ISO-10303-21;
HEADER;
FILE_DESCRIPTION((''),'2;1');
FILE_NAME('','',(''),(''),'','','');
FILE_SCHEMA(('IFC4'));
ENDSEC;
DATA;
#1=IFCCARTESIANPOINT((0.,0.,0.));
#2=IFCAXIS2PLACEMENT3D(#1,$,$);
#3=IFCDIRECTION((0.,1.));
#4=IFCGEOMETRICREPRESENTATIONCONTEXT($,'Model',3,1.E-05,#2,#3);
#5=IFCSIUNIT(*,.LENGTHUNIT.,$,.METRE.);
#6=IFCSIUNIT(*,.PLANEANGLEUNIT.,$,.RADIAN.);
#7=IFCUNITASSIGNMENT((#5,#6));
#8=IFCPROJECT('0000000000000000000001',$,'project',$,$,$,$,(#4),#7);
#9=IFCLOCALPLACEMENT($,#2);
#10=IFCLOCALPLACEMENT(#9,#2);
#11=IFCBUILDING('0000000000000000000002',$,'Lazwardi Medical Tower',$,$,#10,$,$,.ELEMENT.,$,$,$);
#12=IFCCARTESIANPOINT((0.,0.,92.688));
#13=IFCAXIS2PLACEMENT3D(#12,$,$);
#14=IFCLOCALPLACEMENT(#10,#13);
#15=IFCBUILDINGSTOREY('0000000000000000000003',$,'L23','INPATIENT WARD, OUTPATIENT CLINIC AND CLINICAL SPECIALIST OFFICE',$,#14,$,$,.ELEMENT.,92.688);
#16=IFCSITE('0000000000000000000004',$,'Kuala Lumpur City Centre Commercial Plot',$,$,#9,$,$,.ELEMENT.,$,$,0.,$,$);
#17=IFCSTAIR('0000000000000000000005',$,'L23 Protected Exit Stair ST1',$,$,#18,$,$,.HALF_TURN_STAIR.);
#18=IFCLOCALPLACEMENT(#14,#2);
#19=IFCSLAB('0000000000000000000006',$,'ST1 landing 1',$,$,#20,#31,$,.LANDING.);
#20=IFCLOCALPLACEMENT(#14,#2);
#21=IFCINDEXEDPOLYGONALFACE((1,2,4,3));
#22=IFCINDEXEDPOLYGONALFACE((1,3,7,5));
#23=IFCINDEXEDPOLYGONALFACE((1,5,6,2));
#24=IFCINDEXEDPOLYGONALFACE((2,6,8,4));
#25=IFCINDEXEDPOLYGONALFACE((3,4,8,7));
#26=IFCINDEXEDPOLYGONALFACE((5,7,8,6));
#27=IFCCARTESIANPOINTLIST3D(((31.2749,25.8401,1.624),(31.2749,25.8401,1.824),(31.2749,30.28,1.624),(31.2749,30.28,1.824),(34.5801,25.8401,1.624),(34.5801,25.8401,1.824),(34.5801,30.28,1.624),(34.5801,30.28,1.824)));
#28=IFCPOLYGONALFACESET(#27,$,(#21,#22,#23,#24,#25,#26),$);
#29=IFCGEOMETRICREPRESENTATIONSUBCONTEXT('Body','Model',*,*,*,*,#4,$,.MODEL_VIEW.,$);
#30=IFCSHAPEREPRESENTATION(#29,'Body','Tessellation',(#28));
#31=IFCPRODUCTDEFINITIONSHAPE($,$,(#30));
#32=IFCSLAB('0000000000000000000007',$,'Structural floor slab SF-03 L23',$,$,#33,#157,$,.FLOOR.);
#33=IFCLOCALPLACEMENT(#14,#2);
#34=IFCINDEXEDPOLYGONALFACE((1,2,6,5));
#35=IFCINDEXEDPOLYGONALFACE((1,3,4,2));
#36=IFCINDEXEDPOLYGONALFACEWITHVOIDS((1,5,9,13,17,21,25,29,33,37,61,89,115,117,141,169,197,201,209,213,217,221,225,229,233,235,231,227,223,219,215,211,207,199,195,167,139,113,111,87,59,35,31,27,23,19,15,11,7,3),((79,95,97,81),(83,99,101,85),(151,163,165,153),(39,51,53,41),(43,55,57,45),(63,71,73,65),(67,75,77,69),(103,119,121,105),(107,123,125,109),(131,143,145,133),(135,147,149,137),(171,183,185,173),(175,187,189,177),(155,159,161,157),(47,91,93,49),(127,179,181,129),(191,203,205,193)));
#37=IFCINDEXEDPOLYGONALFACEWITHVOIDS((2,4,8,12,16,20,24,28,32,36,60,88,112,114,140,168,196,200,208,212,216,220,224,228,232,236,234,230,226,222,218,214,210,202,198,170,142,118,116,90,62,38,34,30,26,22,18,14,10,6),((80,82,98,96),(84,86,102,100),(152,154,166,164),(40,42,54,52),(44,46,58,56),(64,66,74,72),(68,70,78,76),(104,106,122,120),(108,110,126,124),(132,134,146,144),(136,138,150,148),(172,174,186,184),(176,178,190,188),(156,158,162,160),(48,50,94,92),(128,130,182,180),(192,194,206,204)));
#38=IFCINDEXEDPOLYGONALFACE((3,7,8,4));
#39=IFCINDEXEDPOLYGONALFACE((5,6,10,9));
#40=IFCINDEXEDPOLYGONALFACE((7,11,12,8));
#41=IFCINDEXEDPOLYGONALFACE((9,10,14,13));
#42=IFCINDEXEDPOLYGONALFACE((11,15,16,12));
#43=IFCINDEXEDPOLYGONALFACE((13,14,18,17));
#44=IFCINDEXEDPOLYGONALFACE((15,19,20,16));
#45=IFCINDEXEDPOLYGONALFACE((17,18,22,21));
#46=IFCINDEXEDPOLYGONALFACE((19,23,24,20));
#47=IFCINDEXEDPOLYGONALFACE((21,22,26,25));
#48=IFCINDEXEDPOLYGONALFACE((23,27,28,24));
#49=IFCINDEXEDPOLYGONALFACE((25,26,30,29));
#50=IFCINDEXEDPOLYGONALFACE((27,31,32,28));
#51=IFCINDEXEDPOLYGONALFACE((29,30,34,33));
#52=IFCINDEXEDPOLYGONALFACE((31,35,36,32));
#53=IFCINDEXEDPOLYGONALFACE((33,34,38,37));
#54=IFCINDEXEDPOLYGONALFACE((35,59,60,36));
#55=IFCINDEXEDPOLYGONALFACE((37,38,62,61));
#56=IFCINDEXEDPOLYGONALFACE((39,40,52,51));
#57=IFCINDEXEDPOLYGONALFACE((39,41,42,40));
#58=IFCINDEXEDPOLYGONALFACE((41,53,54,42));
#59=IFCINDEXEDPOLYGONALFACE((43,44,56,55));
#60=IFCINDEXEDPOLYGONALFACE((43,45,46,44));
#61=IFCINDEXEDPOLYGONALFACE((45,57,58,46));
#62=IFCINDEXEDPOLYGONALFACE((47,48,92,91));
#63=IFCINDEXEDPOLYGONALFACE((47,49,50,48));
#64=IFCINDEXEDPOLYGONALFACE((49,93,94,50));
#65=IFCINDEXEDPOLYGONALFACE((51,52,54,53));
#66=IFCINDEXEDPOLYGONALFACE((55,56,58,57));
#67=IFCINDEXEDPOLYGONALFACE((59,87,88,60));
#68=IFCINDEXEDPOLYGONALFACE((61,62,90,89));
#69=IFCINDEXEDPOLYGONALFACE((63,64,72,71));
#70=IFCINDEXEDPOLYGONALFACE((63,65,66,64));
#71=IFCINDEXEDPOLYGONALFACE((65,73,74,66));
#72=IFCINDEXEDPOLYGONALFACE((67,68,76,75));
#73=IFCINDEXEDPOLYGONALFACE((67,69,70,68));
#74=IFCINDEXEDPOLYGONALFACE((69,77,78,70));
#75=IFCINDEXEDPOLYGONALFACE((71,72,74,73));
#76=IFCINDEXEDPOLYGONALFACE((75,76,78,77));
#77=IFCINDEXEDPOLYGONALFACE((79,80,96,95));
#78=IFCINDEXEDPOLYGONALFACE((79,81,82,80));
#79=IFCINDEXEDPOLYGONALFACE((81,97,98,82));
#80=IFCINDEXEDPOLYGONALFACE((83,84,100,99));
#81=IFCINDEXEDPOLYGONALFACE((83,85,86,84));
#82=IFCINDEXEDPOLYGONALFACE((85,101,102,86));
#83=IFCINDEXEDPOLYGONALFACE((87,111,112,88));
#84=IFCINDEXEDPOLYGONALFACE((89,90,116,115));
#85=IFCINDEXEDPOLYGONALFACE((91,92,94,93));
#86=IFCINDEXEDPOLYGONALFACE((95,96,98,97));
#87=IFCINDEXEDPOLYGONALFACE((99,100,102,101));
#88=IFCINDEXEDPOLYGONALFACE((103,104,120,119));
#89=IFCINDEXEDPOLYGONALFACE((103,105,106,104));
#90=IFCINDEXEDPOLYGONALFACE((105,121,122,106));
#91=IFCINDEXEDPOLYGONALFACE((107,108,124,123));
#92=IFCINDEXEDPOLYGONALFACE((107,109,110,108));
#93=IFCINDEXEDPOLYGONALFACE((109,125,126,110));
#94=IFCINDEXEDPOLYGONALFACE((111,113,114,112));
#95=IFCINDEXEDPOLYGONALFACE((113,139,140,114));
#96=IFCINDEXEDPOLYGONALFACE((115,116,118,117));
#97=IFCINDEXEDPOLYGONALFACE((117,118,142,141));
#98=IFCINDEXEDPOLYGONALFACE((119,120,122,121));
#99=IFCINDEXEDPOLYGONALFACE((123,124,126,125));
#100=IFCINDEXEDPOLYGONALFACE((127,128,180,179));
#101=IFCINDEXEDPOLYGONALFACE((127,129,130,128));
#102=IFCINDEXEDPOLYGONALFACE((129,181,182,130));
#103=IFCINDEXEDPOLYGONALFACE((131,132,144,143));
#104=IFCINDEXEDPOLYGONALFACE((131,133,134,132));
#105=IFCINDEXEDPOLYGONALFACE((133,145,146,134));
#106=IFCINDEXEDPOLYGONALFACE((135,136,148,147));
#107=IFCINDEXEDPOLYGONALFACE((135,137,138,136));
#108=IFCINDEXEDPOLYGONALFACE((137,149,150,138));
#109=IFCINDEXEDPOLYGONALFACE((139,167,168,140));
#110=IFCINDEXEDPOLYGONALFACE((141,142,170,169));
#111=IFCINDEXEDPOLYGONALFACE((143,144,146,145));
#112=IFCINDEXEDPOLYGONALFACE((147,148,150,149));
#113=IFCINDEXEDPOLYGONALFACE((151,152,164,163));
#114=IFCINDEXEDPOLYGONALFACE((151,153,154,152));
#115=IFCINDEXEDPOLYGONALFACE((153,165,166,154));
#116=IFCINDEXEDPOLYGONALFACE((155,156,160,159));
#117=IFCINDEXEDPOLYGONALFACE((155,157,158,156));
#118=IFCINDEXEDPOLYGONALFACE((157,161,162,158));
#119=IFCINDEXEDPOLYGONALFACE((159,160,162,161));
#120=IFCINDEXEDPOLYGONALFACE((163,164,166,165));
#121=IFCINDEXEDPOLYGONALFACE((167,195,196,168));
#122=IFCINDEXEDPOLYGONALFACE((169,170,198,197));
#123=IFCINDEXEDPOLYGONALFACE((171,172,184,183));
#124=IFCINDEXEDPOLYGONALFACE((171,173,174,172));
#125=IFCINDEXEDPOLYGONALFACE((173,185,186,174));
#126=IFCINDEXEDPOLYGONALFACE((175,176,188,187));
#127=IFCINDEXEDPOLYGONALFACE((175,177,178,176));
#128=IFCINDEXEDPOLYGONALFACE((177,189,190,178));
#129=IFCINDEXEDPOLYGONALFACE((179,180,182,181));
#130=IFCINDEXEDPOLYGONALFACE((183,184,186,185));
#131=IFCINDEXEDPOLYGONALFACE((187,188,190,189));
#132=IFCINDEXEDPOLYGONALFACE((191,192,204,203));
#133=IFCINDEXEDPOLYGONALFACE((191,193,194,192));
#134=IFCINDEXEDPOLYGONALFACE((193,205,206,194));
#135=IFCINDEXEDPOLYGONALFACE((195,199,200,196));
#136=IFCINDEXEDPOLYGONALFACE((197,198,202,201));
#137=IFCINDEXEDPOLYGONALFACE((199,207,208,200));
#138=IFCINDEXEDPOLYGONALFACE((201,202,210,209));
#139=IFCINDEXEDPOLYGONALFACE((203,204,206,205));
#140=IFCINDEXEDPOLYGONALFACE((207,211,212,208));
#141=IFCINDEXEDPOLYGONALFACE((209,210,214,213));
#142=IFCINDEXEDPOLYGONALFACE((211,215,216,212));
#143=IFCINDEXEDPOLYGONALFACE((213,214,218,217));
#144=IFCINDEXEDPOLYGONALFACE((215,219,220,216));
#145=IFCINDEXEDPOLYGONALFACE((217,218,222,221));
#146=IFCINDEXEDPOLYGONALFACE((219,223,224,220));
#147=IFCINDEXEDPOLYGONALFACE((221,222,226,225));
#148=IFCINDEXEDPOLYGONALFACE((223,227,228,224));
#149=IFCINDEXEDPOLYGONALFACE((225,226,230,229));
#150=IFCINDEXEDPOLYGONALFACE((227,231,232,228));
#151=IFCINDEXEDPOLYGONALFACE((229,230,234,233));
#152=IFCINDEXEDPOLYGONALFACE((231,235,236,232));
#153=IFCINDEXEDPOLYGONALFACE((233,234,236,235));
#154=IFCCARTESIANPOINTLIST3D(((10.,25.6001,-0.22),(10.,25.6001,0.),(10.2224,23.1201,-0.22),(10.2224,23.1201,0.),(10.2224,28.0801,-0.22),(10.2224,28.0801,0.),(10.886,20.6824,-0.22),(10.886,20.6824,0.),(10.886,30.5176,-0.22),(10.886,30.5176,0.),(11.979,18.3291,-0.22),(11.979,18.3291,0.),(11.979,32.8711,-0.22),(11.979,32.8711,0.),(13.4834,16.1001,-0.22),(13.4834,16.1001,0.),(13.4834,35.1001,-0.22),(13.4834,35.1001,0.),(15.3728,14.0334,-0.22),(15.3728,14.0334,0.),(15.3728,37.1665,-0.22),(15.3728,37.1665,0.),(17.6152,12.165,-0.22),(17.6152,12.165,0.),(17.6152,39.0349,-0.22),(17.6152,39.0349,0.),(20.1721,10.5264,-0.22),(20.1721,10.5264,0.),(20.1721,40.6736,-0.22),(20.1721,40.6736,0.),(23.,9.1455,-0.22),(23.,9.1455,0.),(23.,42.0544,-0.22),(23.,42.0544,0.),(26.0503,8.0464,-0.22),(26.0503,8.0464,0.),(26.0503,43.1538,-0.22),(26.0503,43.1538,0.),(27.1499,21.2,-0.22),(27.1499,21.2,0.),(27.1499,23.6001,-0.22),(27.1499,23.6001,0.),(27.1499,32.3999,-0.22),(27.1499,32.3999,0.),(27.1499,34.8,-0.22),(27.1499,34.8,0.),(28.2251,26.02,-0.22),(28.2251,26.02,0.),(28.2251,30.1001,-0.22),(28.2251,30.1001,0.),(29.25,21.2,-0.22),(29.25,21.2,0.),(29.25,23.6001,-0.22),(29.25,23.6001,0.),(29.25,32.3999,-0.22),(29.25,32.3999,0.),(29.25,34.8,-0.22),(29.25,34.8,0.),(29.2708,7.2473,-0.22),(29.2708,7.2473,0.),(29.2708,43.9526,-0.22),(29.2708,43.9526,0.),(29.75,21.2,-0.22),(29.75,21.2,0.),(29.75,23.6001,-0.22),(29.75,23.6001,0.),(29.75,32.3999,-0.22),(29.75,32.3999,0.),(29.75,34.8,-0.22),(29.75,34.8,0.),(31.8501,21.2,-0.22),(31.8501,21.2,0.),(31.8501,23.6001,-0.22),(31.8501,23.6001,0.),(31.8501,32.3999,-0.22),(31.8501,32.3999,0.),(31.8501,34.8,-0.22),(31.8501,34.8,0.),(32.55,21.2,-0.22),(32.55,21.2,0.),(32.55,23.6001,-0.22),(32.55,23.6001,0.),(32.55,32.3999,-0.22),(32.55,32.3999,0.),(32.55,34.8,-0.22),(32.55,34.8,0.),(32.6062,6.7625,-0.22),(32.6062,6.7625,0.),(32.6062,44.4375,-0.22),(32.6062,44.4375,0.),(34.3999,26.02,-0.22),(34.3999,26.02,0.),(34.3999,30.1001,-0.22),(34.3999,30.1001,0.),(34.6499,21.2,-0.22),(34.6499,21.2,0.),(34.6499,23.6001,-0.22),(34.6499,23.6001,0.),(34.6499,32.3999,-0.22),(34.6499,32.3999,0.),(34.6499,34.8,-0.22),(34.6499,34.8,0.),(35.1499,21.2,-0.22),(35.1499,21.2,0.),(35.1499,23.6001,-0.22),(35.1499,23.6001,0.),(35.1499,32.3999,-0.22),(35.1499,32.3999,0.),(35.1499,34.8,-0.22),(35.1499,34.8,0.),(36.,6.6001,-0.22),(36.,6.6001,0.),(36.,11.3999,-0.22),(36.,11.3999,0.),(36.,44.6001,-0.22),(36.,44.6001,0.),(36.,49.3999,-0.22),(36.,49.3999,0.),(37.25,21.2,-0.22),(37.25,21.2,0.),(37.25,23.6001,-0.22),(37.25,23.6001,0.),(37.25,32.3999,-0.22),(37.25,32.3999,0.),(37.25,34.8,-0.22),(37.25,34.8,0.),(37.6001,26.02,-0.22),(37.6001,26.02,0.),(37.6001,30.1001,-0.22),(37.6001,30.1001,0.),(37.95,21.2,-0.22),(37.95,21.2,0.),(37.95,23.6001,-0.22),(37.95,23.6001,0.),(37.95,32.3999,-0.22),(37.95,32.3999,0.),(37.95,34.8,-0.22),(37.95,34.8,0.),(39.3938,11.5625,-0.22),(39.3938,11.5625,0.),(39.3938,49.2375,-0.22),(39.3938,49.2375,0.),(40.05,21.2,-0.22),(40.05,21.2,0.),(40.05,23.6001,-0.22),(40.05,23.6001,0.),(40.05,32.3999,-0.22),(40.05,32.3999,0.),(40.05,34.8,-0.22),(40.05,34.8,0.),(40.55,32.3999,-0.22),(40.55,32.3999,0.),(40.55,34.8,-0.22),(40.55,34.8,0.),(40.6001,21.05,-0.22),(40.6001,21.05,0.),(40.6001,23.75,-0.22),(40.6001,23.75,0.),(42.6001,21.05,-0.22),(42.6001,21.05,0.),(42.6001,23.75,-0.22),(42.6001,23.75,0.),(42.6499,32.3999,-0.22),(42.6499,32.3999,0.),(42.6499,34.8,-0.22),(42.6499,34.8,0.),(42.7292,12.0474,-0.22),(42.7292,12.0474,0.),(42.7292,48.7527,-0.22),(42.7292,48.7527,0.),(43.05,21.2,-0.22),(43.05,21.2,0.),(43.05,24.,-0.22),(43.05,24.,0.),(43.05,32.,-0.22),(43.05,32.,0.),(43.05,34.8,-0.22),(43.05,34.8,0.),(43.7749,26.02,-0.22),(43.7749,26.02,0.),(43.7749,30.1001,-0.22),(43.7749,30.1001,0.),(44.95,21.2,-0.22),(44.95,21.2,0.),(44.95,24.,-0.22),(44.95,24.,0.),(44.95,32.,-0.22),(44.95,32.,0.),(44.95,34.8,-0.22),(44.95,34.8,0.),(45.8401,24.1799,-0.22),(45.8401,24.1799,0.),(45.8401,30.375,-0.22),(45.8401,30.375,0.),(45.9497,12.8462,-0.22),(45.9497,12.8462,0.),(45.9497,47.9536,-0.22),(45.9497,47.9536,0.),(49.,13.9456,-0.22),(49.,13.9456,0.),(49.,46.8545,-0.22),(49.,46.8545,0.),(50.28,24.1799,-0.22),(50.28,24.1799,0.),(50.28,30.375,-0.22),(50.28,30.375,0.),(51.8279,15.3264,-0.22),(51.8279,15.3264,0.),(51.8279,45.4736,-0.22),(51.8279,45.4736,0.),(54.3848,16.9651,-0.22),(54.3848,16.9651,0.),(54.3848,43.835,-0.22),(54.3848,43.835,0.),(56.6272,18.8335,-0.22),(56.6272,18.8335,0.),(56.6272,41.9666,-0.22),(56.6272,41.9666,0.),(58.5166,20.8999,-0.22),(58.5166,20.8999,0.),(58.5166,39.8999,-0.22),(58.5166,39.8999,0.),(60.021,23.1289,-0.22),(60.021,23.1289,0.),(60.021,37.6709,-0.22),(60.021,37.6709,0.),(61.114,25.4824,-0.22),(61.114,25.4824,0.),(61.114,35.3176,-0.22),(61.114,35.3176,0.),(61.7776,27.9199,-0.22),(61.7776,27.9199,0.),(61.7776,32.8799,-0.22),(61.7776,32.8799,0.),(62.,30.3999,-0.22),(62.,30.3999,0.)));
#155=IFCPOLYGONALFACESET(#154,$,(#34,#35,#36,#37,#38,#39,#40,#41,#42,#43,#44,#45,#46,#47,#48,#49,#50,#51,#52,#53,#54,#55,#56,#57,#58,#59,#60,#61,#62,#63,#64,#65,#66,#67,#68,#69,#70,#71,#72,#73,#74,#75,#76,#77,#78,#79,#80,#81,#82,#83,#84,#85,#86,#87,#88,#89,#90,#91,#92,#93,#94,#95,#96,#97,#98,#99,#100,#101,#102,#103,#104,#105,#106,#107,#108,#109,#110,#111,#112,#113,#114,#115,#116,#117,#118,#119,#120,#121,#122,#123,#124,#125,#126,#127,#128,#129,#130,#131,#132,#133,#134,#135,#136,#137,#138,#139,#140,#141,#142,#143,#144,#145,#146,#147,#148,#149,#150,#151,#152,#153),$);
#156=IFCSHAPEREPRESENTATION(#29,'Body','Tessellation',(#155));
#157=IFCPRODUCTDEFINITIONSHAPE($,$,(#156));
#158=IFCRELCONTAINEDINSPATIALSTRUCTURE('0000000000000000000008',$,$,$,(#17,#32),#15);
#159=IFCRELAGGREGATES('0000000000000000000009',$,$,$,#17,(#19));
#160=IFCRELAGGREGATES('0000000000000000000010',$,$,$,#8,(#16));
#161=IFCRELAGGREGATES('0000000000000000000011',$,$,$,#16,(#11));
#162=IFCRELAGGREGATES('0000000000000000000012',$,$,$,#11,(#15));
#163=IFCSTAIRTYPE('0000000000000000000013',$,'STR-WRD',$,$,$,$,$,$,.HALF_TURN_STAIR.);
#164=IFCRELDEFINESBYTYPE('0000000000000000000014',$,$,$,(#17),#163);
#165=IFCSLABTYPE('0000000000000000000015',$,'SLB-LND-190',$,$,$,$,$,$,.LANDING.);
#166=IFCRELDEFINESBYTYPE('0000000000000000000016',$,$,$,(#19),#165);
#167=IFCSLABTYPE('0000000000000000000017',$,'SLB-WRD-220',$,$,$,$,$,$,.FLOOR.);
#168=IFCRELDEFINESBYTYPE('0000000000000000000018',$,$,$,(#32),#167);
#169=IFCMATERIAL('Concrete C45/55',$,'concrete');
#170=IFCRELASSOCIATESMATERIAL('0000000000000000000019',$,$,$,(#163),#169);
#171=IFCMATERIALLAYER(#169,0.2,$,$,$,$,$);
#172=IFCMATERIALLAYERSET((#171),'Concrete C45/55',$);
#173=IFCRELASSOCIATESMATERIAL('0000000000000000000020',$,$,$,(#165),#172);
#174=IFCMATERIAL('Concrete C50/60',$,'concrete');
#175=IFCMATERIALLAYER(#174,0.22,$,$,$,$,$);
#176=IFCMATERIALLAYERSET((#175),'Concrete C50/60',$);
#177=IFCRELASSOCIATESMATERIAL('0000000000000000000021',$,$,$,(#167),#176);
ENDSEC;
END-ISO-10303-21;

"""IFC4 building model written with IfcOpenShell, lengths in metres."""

from ifc_helpers import new_model, si_unit, direction, frame, origin, place, context, subcontext, project, spatial, polyline, outline, extrude, material, layer, layer_set, type_object, element, aggregate, save


model = new_model("IFC4")

# Units and contexts
model_context = context("Model", 3, precision=1e-05, world=origin(), true_north=direction((0.0, 1.0)))
body_context = subcontext(model_context, "Body", "Model", "MODEL_VIEW")
ifc_project = project(units=[si_unit("LENGTHUNIT", "METRE"), si_unit("PLANEANGLEUNIT", "RADIAN")], contexts=[model_context])

# Site, building, storey
site_placement = place(None, origin())
site = spatial("IfcSite", under=ifc_project, at=site_placement, Name="Kuala Lumpur City Centre Commercial Plot", CompositionType="ELEMENT", RefElevation=0.0)
building_placement = place(site_placement, origin())
building = spatial("IfcBuilding", under=site, at=building_placement, Name="Lazwardi Medical Tower", CompositionType="ELEMENT")
storey_placement = place(building_placement, frame((0.0, 0.0, 92.688)))
storey = spatial("IfcBuildingStorey", under=building, at=storey_placement, Name="L23", Description="INPATIENT WARD, OUTPATIENT CLINIC AND CLINICAL SPECIALIST OFFICE", CompositionType="ELEMENT", Elevation=92.688)

# Stair, slab
ifc_material_1 = material(Name="Concrete C45/55", Category="concrete")
stair_type = type_object("IfcStairType", Name="STR-WRD", PredefinedType="HALF_TURN_STAIR", material=ifc_material_1)
stair_placement = place(storey_placement, origin())
stair = element("IfcStair", 1, at=stair_placement, inside=storey, type_object=stair_type, Name="L23 Protected Exit Stair ST1", PredefinedType="HALF_TURN_STAIR")
ifc_layer_1 = layer(ifc_material_1, 0.2)
ifc_layer_set_1 = layer_set([ifc_layer_1], Name="Concrete C45/55")
slab_type_1 = type_object("IfcSlabType", Name="SLB-LND-190", PredefinedType="LANDING", material=ifc_layer_set_1)
slab_1_placement = place(storey_placement, frame((0.0, 0.0, 1.624)))
slab_1 = element("IfcSlab", 2, at=slab_1_placement, type_object=slab_type_1, Name="ST1 landing 1", PredefinedType="LANDING", context=body_context, shape_type="SweptSolid", body=[
    extrude(outline(polyline([(31.2749, 25.8401), (34.5801, 25.8401), (34.5801, 30.28), (31.2749, 30.28), (31.2749, 25.8401)])), origin(), (0.0, 0.0, 1.0), 0.2),
])
aggregate(stair, [slab_1])

# Slab
ifc_material_2 = material(Name="Concrete C50/60", Category="concrete")
ifc_layer_2 = layer(ifc_material_2, 0.22)
ifc_layer_set_2 = layer_set([ifc_layer_2], Name="Concrete C50/60")
slab_type_2 = type_object("IfcSlabType", Name="SLB-WRD-220", PredefinedType="FLOOR", material=ifc_layer_set_2)
slab_2_placement = place(storey_placement, frame((0.0, 0.0, -0.22)))
element("IfcSlab", 3, at=slab_2_placement, inside=storey, type_object=slab_type_2, Name="Structural floor slab SF-03 L23", PredefinedType="FLOOR", context=body_context, shape_type="SweptSolid", body=[
    extrude(outline(polyline([(11.979, 32.8711), (10.886, 30.5176), (10.2224, 28.0801), (10.0, 25.6001), (10.2224, 23.1201), (10.886, 20.6824), (11.979, 18.3291), (13.4834, 16.1001), (15.3728, 14.0334), (17.6152, 12.165), (20.1721, 10.5264), (23.0, 9.1455), (26.0503, 8.0464), (29.2708, 7.2473), (32.6062, 6.7625), (36.0, 6.6001), (36.0, 11.3999), (39.3938, 11.5625), (42.7292, 12.0474), (45.9497, 12.8462), (49.0, 13.9456), (51.8279, 15.3264), (54.3848, 16.9651), (56.6272, 18.8335), (58.5166, 20.8999), (60.021, 23.1289), (61.114, 25.4824), (61.7776, 27.9199), (62.0, 30.3999), (61.7776, 32.8799), (61.114, 35.3176), (60.021, 37.6709), (58.5166, 39.8999), (56.6272, 41.9666), (54.3848, 43.835), (51.8279, 45.4736), (49.0, 46.8545), (45.9497, 47.9536), (42.7292, 48.7527), (39.3938, 49.2375), (36.0, 49.3999), (36.0, 44.6001), (32.6062, 44.4375), (29.2708, 43.9526), (26.0503, 43.1538), (23.0, 42.0544), (20.1721, 40.6736), (17.6152, 39.0349), (15.3728, 37.1665), (13.4834, 35.1001), (11.979, 32.8711)]), holes=[polyline([(28.2251, 26.02), (28.2251, 30.1001), (34.3999, 30.1001), (34.3999, 26.02), (28.2251, 26.02)]), polyline([(37.6001, 30.1001), (43.7749, 30.1001), (43.7749, 26.02), (37.6001, 26.02), (37.6001, 30.1001)]), polyline([(50.28, 30.375), (50.28, 24.1799), (45.8401, 24.1799), (45.8401, 30.375), (50.28, 30.375)]), polyline([(29.25, 32.3999), (27.1499, 32.3999), (27.1499, 34.8), (29.25, 34.8), (29.25, 32.3999)]), polyline([(29.75, 32.3999), (29.75, 34.8), (31.8501, 34.8), (31.8501, 32.3999), (29.75, 32.3999)]), polyline([(27.1499, 23.6001), (29.25, 23.6001), (29.25, 21.2), (27.1499, 21.2), (27.1499, 23.6001)]), polyline([(31.8501, 23.6001), (31.8501, 21.2), (29.75, 21.2), (29.75, 23.6001), (31.8501, 23.6001)]), polyline([(34.6499, 32.3999), (32.55, 32.3999), (32.55, 34.8), (34.6499, 34.8), (34.6499, 32.3999)]), polyline([(35.1499, 32.3999), (35.1499, 34.8), (37.25, 34.8), (37.25, 32.3999), (35.1499, 32.3999)]), polyline([(32.55, 23.6001), (34.6499, 23.6001), (34.6499, 21.2), (32.55, 21.2), (32.55, 23.6001)]), polyline([(37.25, 23.6001), (37.25, 21.2), (35.1499, 21.2), (35.1499, 23.6001), (37.25, 23.6001)]), polyline([(40.05, 32.3999), (37.95, 32.3999), (37.95, 34.8), (40.05, 34.8), (40.05, 32.3999)]), polyline([(40.55, 32.3999), (40.55, 34.8), (42.6499, 34.8), (42.6499, 32.3999), (40.55, 32.3999)]), polyline([(37.95, 23.6001), (40.05, 23.6001), (40.05, 21.2), (37.95, 21.2), (37.95, 23.6001)]), polyline([(44.95, 34.8), (44.95, 32.0), (43.05, 32.0), (43.05, 34.8), (44.95, 34.8)]), polyline([(44.95, 21.2), (43.05, 21.2), (43.05, 24.0), (44.95, 24.0), (44.95, 21.2)]), polyline([(40.6001, 21.05), (40.6001, 23.75), (42.6001, 23.75), (42.6001, 21.05), (40.6001, 21.05)])]), origin(), (0.0, 0.0, 1.0), 0.22),
])

save(model, "model.ifc")
